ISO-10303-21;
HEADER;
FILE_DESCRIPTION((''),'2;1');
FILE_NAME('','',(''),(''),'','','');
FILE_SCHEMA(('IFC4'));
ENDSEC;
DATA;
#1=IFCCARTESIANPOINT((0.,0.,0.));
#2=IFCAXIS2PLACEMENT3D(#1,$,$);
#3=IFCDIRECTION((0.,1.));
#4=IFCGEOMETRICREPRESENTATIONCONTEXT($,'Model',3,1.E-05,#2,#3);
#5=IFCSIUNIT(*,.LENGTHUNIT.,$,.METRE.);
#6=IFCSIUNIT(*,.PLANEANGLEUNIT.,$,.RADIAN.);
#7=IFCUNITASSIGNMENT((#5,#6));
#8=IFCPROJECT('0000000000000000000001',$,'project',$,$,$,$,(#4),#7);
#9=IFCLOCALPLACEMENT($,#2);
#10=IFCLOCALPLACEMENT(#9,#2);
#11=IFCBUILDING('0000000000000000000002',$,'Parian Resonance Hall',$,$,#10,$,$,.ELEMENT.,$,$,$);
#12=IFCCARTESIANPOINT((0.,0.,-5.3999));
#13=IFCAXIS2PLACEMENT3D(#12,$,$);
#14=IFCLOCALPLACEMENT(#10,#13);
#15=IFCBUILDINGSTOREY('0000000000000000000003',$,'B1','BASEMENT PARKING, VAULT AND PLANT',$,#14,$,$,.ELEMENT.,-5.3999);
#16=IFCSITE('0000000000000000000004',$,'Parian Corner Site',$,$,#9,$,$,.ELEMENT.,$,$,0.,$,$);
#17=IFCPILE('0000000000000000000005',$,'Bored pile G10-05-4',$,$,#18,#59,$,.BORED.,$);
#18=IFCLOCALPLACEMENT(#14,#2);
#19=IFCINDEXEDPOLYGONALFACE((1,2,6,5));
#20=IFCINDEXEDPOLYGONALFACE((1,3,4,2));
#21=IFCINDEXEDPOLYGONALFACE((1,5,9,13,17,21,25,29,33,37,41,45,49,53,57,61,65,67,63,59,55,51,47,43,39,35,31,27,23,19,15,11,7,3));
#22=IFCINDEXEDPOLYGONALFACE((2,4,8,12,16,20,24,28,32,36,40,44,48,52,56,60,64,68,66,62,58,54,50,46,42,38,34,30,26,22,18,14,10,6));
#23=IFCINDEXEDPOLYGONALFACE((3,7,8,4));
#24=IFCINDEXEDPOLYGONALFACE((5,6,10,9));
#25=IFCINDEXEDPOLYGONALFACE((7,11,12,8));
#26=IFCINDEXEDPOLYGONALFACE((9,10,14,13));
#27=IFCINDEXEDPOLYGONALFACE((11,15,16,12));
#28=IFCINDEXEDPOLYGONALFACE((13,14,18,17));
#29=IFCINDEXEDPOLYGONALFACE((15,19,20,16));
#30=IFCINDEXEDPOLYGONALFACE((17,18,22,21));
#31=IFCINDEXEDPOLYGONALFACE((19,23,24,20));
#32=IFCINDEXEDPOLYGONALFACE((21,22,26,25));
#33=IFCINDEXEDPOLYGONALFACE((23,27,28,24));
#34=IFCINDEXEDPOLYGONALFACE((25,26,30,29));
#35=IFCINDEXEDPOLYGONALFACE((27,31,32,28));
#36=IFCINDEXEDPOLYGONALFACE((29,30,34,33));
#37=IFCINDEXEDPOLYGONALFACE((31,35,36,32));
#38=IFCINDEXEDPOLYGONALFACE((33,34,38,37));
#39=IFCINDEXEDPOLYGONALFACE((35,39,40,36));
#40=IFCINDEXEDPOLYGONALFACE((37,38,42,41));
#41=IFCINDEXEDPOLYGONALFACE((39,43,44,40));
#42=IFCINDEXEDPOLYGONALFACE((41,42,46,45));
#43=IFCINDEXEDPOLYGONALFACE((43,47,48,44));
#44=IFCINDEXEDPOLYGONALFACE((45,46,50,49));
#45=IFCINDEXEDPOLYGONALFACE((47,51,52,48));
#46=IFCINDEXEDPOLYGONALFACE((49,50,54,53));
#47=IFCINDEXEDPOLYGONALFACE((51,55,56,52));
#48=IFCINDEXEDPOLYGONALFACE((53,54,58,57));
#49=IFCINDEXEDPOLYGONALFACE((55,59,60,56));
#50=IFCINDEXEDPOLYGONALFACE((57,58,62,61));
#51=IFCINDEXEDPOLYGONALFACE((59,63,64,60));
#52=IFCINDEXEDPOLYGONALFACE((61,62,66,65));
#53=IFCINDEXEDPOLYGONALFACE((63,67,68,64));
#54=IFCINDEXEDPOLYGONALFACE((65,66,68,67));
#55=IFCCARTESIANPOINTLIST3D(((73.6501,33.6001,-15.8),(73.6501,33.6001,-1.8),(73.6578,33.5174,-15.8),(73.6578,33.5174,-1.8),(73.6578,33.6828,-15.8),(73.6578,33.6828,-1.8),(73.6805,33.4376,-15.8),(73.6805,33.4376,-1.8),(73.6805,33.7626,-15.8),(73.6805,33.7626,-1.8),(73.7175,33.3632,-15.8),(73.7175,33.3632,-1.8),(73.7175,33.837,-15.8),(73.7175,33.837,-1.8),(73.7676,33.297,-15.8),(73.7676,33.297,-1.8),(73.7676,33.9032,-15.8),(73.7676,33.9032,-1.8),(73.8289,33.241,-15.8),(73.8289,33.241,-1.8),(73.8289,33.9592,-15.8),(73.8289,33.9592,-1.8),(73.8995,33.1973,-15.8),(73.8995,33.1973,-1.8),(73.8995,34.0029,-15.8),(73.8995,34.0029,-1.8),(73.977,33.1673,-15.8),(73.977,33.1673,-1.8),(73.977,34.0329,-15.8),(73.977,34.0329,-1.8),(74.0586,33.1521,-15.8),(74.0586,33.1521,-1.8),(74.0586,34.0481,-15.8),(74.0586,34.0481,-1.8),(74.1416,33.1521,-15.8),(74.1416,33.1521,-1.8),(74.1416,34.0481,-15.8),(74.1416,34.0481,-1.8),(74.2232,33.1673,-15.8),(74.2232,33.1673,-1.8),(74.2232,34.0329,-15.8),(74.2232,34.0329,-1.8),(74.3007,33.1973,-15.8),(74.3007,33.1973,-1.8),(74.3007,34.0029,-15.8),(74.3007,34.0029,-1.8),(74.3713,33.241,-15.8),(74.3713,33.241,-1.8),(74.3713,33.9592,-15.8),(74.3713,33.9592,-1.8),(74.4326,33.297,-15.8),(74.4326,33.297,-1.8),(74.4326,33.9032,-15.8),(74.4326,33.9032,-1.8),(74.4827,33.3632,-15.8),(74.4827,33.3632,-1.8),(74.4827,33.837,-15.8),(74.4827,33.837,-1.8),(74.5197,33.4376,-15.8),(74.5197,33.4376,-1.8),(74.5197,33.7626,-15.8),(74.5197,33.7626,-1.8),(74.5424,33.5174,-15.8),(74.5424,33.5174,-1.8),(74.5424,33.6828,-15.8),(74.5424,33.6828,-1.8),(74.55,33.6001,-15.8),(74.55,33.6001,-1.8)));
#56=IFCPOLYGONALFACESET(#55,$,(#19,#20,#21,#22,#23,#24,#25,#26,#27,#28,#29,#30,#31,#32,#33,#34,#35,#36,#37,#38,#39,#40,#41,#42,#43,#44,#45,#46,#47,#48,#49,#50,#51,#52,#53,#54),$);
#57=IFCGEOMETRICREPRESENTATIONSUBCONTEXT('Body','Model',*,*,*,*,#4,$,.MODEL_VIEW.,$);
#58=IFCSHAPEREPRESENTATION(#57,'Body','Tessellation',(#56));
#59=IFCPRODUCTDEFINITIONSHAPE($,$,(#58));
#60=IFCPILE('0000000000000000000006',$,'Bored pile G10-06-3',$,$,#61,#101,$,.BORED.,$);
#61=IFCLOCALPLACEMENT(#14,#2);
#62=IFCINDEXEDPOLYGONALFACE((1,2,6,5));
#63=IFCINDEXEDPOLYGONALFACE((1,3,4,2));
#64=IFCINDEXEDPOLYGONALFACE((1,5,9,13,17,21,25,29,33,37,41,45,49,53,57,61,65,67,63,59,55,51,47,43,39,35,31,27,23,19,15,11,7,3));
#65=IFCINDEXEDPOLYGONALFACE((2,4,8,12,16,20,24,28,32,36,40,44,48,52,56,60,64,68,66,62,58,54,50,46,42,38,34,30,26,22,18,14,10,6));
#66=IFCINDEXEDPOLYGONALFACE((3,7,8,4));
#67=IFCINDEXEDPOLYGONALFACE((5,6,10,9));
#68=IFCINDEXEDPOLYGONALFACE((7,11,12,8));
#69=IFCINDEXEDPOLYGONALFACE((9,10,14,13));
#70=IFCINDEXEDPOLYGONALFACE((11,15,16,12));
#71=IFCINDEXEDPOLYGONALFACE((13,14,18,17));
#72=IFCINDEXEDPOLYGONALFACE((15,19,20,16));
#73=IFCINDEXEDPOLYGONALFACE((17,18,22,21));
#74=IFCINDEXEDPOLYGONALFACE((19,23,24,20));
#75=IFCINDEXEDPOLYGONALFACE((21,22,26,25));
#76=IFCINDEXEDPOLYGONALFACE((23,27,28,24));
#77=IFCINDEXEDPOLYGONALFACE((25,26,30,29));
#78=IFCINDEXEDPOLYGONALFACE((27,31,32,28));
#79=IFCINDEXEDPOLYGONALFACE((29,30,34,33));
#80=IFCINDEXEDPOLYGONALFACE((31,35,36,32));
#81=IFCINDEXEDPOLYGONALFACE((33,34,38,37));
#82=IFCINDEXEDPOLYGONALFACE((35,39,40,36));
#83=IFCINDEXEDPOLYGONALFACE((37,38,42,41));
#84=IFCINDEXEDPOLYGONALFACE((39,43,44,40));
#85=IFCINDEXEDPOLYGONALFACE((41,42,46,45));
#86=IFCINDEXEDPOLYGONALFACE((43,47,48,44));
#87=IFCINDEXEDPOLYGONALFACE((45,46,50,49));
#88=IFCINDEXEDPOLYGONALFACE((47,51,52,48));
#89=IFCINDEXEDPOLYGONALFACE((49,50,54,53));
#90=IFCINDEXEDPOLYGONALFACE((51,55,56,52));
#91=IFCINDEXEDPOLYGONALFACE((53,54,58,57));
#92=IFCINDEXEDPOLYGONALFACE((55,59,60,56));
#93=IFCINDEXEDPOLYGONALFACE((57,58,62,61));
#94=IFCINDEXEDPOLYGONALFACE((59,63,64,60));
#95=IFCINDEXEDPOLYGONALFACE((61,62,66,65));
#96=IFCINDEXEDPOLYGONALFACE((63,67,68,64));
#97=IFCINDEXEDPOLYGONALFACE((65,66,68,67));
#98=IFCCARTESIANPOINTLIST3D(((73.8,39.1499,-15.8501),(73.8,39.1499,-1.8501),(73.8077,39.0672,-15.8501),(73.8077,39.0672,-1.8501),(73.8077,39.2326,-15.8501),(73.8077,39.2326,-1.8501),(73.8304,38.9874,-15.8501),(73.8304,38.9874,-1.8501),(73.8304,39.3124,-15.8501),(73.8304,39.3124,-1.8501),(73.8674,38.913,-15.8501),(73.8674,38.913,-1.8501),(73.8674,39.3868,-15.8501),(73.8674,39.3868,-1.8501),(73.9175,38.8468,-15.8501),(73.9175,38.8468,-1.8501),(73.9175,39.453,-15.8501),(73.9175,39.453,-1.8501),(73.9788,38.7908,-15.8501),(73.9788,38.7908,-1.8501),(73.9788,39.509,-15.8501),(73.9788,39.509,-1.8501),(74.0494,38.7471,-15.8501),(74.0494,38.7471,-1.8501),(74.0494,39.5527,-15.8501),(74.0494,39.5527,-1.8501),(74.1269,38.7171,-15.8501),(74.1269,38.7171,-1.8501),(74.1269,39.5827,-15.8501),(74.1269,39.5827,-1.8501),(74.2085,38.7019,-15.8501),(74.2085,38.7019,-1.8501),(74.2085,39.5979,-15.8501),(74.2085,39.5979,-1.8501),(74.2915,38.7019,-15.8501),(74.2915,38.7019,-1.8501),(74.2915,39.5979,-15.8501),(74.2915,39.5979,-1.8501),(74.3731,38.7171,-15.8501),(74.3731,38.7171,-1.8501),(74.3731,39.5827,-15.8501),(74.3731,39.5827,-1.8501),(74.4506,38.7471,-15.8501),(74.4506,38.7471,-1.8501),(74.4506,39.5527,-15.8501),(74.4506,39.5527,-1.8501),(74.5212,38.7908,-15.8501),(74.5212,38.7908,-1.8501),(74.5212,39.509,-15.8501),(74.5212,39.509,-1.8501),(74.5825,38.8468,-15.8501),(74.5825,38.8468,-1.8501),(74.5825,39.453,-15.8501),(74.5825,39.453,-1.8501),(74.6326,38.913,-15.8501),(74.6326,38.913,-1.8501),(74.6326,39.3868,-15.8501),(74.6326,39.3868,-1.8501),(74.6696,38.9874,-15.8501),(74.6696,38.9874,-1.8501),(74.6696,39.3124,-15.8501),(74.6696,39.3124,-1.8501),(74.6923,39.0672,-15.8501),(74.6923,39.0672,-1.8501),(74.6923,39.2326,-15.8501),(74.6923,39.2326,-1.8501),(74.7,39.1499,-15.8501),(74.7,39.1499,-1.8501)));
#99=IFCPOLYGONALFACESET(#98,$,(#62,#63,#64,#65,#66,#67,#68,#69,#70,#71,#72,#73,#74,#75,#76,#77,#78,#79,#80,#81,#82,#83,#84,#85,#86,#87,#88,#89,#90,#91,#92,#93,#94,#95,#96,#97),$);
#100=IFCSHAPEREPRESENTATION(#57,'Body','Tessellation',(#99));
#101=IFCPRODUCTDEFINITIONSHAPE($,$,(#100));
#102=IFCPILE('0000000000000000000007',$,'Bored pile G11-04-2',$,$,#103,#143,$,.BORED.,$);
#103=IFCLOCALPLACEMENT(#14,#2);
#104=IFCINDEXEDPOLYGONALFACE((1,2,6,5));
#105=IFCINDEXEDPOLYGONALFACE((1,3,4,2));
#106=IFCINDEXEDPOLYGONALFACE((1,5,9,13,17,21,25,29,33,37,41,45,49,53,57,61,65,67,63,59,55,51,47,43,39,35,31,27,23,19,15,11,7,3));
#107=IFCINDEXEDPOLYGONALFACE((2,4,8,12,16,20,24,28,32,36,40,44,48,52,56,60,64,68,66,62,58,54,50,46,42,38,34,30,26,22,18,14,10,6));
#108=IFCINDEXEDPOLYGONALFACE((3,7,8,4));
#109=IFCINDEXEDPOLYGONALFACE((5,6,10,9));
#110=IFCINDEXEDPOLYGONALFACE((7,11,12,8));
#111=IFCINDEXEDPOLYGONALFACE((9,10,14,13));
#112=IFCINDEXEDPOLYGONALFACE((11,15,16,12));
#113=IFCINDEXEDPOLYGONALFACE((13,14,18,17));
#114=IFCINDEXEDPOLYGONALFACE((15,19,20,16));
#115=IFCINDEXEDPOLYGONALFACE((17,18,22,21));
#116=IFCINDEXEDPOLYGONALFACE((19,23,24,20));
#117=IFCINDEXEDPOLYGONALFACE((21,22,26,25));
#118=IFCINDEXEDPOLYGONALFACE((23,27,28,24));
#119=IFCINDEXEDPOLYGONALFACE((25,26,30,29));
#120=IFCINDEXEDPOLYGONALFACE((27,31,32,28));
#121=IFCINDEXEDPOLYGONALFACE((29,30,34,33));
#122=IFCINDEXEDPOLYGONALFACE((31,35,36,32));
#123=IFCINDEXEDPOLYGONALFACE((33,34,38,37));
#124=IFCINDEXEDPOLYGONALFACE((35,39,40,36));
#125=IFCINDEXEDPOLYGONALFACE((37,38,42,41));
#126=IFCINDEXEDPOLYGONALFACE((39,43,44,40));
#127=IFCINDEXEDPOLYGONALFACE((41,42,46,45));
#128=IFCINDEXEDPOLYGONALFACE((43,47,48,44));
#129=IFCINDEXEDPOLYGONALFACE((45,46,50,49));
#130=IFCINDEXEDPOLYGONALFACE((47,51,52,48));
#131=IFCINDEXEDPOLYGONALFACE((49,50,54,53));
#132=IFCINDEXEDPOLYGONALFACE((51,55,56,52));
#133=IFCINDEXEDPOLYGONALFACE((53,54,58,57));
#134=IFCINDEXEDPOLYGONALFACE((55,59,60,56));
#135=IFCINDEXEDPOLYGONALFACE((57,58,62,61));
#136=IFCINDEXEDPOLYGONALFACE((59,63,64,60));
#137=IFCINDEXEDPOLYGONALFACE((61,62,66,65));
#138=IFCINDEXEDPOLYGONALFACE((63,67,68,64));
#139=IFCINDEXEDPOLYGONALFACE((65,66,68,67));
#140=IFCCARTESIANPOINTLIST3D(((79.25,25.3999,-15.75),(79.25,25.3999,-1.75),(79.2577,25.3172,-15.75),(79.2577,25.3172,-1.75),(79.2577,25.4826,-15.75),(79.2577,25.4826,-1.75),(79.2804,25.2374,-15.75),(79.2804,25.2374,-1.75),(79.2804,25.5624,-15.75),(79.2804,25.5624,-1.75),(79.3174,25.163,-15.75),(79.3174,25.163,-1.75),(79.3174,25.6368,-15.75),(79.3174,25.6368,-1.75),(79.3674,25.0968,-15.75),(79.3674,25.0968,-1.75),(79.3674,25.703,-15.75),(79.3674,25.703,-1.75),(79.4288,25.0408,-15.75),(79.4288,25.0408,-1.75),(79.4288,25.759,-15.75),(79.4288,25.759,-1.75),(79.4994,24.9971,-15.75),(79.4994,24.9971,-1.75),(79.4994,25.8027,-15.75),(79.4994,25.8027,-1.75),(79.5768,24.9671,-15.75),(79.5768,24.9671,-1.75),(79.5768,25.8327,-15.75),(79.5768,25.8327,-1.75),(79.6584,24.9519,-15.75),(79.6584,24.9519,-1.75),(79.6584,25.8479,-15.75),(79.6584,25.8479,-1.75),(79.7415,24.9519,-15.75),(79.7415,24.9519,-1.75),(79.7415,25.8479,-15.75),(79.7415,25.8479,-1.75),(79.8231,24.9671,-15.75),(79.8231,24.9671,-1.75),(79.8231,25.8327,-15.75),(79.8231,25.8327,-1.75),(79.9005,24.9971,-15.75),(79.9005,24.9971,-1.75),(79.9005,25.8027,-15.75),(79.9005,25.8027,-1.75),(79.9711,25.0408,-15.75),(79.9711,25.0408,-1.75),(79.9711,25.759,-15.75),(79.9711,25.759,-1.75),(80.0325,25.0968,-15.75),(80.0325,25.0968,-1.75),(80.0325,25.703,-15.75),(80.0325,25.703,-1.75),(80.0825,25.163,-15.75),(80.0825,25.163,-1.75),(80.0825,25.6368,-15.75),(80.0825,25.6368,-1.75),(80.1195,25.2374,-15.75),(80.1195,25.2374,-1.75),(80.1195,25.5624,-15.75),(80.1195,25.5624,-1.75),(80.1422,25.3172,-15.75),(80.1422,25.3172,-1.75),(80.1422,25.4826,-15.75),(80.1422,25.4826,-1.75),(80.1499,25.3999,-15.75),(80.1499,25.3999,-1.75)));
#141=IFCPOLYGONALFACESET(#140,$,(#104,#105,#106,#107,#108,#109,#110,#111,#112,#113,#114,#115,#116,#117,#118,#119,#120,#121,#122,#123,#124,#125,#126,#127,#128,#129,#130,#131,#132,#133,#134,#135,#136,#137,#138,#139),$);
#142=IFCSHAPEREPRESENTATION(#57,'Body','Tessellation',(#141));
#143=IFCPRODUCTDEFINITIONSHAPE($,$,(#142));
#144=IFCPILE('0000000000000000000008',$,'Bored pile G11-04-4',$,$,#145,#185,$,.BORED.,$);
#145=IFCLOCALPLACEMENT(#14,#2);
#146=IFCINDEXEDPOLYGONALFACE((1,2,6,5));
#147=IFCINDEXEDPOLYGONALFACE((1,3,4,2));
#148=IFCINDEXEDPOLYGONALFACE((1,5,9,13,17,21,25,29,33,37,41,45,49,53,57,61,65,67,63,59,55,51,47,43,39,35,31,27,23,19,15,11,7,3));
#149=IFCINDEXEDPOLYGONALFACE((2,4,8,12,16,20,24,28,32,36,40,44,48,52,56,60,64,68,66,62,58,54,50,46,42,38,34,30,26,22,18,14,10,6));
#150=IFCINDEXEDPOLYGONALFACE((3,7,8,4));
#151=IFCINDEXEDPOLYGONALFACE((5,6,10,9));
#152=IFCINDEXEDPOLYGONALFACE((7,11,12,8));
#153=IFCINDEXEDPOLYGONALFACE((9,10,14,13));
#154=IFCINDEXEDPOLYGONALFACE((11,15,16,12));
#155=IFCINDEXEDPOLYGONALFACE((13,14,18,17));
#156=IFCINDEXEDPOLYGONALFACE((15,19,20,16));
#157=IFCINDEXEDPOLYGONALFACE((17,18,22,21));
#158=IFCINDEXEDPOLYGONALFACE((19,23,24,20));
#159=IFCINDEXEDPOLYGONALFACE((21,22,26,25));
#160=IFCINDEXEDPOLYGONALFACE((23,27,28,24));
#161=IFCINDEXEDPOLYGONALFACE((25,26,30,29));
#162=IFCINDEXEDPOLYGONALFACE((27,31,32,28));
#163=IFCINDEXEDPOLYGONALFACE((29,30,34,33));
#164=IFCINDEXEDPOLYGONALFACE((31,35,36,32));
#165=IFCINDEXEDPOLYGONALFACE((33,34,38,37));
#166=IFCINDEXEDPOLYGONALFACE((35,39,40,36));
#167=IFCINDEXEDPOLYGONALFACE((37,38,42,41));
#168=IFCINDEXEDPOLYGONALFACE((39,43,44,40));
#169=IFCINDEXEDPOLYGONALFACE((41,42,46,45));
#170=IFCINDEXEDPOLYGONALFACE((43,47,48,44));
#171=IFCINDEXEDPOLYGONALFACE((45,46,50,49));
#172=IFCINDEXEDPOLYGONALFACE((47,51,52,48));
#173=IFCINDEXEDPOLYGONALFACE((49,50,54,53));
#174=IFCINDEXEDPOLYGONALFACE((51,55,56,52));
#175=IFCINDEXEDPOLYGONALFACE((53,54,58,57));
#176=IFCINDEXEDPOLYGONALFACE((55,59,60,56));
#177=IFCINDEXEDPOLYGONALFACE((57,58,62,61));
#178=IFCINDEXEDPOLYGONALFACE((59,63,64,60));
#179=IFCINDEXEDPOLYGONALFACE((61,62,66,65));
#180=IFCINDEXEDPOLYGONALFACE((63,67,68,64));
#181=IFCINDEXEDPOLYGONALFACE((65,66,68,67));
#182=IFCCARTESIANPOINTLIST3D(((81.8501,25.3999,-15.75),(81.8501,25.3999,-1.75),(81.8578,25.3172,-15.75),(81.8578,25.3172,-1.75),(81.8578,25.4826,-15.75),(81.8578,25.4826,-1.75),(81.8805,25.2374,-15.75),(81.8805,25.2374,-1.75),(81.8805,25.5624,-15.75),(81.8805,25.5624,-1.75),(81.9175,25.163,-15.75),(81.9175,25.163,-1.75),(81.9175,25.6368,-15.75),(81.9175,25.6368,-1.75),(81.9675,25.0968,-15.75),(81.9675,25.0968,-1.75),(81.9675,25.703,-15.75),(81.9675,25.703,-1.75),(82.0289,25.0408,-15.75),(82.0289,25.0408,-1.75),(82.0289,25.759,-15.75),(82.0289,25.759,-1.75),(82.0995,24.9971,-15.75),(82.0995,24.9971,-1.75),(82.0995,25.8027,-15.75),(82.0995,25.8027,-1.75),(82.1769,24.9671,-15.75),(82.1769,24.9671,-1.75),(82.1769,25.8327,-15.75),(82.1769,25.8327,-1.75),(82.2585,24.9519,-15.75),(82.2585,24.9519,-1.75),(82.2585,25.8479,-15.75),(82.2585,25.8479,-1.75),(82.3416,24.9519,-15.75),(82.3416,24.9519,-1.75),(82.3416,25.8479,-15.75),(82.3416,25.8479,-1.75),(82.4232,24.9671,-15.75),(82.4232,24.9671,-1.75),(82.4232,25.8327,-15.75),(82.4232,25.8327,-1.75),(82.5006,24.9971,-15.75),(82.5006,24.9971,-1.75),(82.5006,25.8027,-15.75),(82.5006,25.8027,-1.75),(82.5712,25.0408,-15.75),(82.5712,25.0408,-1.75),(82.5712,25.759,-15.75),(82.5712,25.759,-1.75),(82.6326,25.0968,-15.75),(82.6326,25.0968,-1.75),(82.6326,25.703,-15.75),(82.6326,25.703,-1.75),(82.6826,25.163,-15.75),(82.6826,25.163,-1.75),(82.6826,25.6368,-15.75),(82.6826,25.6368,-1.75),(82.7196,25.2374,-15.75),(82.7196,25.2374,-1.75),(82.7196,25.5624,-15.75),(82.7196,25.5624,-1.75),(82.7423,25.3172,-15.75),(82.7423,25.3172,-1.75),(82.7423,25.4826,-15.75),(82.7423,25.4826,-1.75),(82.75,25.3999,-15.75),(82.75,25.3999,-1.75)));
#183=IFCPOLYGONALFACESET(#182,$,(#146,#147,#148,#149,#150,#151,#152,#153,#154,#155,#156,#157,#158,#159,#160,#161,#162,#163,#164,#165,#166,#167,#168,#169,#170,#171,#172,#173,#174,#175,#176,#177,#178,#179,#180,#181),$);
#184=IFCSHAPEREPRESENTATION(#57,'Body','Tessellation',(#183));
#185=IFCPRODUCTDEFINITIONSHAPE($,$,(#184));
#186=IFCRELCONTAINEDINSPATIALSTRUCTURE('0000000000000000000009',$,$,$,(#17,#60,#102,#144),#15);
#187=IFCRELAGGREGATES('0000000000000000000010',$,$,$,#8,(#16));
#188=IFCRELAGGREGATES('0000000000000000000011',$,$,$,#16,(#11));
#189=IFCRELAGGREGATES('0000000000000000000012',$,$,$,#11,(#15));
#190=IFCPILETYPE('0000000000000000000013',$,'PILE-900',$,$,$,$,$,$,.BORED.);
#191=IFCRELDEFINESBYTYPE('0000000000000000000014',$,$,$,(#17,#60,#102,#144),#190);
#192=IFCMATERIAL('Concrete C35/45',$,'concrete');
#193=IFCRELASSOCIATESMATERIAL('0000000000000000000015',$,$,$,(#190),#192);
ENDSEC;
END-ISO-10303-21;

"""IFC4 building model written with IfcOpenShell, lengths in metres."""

from ifc_helpers import new_model, si_unit, direction, frame, origin, origin_2d, place, context, subcontext, project, spatial, circle, extrude, material, material_profile, profile_set, type_object, element, save


model = new_model("IFC4")

# Units and contexts
model_context = context("Model", 3, precision=1e-05, world=origin(), true_north=direction((0.0, 1.0)))
body_context = subcontext(model_context, "Body", "Model", "MODEL_VIEW")
ifc_project = project(units=[si_unit("LENGTHUNIT", "METRE"), si_unit("PLANEANGLEUNIT", "RADIAN")], contexts=[model_context])

# Site, building, storey
site_placement = place(None, origin())
site = spatial("IfcSite", under=ifc_project, at=site_placement, Name="Parian Corner Site", CompositionType="ELEMENT", RefElevation=0.0)
building_placement = place(site_placement, origin())
building = spatial("IfcBuilding", under=site, at=building_placement, Name="Parian Resonance Hall", CompositionType="ELEMENT")
storey_placement = place(building_placement, frame((0.0, 0.0, -5.3999)))
storey = spatial("IfcBuildingStorey", under=building, at=storey_placement, Name="B1", Description="BASEMENT PARKING, VAULT AND PLANT", CompositionType="ELEMENT", Elevation=-5.3999)

# Piles
ifc_material_1 = material(Name="Concrete C35/45", Category="concrete")
ifc_material_profile_1 = material_profile(ifc_material_1, circle(Radius=0.45, at=origin_2d()), Name="PILE-D900")
ifc_profile_set_1 = profile_set([ifc_material_profile_1], Name="Concrete C35/45")
pile_type_1 = type_object("IfcPileType", Name="PILE-900", PredefinedType="BORED", material=ifc_profile_set_1)
for number, where, z_axis, x_axis, name in (
    (1, (74.1001, 33.6001, -1.8), (0.0, 0.0, -1.0), (1.0, 0.0, 0.0), "Bored pile G10-05-4"),
    (2, (74.25, 39.1499, -1.8501), (0.0, 0.0, -1.0), (1.0, 0.0, 0.0), "Bored pile G10-06-3"),
    (3, (79.7, 25.3999, -1.75), (0.0, 0.0, -1.0), (1.0, 0.0, 0.0), "Bored pile G11-04-2"),
    (4, (82.3, 25.3999, -1.75), (0.0, 0.0, -1.0), (1.0, 0.0, 0.0), "Bored pile G11-04-4"),
):
    element("IfcPile", number, at=place(storey_placement, frame(where, z_axis=z_axis, x_axis=x_axis)), inside=storey, type_object=pile_type_1, Name=name, PredefinedType="BORED", context=body_context, shape_type="SweptSolid", body=[
        extrude(circle(Radius=0.45, at=origin_2d()), origin(), (0.0, 0.0, 1.0), 14.0),
    ])

save(model, "model.ifc")
